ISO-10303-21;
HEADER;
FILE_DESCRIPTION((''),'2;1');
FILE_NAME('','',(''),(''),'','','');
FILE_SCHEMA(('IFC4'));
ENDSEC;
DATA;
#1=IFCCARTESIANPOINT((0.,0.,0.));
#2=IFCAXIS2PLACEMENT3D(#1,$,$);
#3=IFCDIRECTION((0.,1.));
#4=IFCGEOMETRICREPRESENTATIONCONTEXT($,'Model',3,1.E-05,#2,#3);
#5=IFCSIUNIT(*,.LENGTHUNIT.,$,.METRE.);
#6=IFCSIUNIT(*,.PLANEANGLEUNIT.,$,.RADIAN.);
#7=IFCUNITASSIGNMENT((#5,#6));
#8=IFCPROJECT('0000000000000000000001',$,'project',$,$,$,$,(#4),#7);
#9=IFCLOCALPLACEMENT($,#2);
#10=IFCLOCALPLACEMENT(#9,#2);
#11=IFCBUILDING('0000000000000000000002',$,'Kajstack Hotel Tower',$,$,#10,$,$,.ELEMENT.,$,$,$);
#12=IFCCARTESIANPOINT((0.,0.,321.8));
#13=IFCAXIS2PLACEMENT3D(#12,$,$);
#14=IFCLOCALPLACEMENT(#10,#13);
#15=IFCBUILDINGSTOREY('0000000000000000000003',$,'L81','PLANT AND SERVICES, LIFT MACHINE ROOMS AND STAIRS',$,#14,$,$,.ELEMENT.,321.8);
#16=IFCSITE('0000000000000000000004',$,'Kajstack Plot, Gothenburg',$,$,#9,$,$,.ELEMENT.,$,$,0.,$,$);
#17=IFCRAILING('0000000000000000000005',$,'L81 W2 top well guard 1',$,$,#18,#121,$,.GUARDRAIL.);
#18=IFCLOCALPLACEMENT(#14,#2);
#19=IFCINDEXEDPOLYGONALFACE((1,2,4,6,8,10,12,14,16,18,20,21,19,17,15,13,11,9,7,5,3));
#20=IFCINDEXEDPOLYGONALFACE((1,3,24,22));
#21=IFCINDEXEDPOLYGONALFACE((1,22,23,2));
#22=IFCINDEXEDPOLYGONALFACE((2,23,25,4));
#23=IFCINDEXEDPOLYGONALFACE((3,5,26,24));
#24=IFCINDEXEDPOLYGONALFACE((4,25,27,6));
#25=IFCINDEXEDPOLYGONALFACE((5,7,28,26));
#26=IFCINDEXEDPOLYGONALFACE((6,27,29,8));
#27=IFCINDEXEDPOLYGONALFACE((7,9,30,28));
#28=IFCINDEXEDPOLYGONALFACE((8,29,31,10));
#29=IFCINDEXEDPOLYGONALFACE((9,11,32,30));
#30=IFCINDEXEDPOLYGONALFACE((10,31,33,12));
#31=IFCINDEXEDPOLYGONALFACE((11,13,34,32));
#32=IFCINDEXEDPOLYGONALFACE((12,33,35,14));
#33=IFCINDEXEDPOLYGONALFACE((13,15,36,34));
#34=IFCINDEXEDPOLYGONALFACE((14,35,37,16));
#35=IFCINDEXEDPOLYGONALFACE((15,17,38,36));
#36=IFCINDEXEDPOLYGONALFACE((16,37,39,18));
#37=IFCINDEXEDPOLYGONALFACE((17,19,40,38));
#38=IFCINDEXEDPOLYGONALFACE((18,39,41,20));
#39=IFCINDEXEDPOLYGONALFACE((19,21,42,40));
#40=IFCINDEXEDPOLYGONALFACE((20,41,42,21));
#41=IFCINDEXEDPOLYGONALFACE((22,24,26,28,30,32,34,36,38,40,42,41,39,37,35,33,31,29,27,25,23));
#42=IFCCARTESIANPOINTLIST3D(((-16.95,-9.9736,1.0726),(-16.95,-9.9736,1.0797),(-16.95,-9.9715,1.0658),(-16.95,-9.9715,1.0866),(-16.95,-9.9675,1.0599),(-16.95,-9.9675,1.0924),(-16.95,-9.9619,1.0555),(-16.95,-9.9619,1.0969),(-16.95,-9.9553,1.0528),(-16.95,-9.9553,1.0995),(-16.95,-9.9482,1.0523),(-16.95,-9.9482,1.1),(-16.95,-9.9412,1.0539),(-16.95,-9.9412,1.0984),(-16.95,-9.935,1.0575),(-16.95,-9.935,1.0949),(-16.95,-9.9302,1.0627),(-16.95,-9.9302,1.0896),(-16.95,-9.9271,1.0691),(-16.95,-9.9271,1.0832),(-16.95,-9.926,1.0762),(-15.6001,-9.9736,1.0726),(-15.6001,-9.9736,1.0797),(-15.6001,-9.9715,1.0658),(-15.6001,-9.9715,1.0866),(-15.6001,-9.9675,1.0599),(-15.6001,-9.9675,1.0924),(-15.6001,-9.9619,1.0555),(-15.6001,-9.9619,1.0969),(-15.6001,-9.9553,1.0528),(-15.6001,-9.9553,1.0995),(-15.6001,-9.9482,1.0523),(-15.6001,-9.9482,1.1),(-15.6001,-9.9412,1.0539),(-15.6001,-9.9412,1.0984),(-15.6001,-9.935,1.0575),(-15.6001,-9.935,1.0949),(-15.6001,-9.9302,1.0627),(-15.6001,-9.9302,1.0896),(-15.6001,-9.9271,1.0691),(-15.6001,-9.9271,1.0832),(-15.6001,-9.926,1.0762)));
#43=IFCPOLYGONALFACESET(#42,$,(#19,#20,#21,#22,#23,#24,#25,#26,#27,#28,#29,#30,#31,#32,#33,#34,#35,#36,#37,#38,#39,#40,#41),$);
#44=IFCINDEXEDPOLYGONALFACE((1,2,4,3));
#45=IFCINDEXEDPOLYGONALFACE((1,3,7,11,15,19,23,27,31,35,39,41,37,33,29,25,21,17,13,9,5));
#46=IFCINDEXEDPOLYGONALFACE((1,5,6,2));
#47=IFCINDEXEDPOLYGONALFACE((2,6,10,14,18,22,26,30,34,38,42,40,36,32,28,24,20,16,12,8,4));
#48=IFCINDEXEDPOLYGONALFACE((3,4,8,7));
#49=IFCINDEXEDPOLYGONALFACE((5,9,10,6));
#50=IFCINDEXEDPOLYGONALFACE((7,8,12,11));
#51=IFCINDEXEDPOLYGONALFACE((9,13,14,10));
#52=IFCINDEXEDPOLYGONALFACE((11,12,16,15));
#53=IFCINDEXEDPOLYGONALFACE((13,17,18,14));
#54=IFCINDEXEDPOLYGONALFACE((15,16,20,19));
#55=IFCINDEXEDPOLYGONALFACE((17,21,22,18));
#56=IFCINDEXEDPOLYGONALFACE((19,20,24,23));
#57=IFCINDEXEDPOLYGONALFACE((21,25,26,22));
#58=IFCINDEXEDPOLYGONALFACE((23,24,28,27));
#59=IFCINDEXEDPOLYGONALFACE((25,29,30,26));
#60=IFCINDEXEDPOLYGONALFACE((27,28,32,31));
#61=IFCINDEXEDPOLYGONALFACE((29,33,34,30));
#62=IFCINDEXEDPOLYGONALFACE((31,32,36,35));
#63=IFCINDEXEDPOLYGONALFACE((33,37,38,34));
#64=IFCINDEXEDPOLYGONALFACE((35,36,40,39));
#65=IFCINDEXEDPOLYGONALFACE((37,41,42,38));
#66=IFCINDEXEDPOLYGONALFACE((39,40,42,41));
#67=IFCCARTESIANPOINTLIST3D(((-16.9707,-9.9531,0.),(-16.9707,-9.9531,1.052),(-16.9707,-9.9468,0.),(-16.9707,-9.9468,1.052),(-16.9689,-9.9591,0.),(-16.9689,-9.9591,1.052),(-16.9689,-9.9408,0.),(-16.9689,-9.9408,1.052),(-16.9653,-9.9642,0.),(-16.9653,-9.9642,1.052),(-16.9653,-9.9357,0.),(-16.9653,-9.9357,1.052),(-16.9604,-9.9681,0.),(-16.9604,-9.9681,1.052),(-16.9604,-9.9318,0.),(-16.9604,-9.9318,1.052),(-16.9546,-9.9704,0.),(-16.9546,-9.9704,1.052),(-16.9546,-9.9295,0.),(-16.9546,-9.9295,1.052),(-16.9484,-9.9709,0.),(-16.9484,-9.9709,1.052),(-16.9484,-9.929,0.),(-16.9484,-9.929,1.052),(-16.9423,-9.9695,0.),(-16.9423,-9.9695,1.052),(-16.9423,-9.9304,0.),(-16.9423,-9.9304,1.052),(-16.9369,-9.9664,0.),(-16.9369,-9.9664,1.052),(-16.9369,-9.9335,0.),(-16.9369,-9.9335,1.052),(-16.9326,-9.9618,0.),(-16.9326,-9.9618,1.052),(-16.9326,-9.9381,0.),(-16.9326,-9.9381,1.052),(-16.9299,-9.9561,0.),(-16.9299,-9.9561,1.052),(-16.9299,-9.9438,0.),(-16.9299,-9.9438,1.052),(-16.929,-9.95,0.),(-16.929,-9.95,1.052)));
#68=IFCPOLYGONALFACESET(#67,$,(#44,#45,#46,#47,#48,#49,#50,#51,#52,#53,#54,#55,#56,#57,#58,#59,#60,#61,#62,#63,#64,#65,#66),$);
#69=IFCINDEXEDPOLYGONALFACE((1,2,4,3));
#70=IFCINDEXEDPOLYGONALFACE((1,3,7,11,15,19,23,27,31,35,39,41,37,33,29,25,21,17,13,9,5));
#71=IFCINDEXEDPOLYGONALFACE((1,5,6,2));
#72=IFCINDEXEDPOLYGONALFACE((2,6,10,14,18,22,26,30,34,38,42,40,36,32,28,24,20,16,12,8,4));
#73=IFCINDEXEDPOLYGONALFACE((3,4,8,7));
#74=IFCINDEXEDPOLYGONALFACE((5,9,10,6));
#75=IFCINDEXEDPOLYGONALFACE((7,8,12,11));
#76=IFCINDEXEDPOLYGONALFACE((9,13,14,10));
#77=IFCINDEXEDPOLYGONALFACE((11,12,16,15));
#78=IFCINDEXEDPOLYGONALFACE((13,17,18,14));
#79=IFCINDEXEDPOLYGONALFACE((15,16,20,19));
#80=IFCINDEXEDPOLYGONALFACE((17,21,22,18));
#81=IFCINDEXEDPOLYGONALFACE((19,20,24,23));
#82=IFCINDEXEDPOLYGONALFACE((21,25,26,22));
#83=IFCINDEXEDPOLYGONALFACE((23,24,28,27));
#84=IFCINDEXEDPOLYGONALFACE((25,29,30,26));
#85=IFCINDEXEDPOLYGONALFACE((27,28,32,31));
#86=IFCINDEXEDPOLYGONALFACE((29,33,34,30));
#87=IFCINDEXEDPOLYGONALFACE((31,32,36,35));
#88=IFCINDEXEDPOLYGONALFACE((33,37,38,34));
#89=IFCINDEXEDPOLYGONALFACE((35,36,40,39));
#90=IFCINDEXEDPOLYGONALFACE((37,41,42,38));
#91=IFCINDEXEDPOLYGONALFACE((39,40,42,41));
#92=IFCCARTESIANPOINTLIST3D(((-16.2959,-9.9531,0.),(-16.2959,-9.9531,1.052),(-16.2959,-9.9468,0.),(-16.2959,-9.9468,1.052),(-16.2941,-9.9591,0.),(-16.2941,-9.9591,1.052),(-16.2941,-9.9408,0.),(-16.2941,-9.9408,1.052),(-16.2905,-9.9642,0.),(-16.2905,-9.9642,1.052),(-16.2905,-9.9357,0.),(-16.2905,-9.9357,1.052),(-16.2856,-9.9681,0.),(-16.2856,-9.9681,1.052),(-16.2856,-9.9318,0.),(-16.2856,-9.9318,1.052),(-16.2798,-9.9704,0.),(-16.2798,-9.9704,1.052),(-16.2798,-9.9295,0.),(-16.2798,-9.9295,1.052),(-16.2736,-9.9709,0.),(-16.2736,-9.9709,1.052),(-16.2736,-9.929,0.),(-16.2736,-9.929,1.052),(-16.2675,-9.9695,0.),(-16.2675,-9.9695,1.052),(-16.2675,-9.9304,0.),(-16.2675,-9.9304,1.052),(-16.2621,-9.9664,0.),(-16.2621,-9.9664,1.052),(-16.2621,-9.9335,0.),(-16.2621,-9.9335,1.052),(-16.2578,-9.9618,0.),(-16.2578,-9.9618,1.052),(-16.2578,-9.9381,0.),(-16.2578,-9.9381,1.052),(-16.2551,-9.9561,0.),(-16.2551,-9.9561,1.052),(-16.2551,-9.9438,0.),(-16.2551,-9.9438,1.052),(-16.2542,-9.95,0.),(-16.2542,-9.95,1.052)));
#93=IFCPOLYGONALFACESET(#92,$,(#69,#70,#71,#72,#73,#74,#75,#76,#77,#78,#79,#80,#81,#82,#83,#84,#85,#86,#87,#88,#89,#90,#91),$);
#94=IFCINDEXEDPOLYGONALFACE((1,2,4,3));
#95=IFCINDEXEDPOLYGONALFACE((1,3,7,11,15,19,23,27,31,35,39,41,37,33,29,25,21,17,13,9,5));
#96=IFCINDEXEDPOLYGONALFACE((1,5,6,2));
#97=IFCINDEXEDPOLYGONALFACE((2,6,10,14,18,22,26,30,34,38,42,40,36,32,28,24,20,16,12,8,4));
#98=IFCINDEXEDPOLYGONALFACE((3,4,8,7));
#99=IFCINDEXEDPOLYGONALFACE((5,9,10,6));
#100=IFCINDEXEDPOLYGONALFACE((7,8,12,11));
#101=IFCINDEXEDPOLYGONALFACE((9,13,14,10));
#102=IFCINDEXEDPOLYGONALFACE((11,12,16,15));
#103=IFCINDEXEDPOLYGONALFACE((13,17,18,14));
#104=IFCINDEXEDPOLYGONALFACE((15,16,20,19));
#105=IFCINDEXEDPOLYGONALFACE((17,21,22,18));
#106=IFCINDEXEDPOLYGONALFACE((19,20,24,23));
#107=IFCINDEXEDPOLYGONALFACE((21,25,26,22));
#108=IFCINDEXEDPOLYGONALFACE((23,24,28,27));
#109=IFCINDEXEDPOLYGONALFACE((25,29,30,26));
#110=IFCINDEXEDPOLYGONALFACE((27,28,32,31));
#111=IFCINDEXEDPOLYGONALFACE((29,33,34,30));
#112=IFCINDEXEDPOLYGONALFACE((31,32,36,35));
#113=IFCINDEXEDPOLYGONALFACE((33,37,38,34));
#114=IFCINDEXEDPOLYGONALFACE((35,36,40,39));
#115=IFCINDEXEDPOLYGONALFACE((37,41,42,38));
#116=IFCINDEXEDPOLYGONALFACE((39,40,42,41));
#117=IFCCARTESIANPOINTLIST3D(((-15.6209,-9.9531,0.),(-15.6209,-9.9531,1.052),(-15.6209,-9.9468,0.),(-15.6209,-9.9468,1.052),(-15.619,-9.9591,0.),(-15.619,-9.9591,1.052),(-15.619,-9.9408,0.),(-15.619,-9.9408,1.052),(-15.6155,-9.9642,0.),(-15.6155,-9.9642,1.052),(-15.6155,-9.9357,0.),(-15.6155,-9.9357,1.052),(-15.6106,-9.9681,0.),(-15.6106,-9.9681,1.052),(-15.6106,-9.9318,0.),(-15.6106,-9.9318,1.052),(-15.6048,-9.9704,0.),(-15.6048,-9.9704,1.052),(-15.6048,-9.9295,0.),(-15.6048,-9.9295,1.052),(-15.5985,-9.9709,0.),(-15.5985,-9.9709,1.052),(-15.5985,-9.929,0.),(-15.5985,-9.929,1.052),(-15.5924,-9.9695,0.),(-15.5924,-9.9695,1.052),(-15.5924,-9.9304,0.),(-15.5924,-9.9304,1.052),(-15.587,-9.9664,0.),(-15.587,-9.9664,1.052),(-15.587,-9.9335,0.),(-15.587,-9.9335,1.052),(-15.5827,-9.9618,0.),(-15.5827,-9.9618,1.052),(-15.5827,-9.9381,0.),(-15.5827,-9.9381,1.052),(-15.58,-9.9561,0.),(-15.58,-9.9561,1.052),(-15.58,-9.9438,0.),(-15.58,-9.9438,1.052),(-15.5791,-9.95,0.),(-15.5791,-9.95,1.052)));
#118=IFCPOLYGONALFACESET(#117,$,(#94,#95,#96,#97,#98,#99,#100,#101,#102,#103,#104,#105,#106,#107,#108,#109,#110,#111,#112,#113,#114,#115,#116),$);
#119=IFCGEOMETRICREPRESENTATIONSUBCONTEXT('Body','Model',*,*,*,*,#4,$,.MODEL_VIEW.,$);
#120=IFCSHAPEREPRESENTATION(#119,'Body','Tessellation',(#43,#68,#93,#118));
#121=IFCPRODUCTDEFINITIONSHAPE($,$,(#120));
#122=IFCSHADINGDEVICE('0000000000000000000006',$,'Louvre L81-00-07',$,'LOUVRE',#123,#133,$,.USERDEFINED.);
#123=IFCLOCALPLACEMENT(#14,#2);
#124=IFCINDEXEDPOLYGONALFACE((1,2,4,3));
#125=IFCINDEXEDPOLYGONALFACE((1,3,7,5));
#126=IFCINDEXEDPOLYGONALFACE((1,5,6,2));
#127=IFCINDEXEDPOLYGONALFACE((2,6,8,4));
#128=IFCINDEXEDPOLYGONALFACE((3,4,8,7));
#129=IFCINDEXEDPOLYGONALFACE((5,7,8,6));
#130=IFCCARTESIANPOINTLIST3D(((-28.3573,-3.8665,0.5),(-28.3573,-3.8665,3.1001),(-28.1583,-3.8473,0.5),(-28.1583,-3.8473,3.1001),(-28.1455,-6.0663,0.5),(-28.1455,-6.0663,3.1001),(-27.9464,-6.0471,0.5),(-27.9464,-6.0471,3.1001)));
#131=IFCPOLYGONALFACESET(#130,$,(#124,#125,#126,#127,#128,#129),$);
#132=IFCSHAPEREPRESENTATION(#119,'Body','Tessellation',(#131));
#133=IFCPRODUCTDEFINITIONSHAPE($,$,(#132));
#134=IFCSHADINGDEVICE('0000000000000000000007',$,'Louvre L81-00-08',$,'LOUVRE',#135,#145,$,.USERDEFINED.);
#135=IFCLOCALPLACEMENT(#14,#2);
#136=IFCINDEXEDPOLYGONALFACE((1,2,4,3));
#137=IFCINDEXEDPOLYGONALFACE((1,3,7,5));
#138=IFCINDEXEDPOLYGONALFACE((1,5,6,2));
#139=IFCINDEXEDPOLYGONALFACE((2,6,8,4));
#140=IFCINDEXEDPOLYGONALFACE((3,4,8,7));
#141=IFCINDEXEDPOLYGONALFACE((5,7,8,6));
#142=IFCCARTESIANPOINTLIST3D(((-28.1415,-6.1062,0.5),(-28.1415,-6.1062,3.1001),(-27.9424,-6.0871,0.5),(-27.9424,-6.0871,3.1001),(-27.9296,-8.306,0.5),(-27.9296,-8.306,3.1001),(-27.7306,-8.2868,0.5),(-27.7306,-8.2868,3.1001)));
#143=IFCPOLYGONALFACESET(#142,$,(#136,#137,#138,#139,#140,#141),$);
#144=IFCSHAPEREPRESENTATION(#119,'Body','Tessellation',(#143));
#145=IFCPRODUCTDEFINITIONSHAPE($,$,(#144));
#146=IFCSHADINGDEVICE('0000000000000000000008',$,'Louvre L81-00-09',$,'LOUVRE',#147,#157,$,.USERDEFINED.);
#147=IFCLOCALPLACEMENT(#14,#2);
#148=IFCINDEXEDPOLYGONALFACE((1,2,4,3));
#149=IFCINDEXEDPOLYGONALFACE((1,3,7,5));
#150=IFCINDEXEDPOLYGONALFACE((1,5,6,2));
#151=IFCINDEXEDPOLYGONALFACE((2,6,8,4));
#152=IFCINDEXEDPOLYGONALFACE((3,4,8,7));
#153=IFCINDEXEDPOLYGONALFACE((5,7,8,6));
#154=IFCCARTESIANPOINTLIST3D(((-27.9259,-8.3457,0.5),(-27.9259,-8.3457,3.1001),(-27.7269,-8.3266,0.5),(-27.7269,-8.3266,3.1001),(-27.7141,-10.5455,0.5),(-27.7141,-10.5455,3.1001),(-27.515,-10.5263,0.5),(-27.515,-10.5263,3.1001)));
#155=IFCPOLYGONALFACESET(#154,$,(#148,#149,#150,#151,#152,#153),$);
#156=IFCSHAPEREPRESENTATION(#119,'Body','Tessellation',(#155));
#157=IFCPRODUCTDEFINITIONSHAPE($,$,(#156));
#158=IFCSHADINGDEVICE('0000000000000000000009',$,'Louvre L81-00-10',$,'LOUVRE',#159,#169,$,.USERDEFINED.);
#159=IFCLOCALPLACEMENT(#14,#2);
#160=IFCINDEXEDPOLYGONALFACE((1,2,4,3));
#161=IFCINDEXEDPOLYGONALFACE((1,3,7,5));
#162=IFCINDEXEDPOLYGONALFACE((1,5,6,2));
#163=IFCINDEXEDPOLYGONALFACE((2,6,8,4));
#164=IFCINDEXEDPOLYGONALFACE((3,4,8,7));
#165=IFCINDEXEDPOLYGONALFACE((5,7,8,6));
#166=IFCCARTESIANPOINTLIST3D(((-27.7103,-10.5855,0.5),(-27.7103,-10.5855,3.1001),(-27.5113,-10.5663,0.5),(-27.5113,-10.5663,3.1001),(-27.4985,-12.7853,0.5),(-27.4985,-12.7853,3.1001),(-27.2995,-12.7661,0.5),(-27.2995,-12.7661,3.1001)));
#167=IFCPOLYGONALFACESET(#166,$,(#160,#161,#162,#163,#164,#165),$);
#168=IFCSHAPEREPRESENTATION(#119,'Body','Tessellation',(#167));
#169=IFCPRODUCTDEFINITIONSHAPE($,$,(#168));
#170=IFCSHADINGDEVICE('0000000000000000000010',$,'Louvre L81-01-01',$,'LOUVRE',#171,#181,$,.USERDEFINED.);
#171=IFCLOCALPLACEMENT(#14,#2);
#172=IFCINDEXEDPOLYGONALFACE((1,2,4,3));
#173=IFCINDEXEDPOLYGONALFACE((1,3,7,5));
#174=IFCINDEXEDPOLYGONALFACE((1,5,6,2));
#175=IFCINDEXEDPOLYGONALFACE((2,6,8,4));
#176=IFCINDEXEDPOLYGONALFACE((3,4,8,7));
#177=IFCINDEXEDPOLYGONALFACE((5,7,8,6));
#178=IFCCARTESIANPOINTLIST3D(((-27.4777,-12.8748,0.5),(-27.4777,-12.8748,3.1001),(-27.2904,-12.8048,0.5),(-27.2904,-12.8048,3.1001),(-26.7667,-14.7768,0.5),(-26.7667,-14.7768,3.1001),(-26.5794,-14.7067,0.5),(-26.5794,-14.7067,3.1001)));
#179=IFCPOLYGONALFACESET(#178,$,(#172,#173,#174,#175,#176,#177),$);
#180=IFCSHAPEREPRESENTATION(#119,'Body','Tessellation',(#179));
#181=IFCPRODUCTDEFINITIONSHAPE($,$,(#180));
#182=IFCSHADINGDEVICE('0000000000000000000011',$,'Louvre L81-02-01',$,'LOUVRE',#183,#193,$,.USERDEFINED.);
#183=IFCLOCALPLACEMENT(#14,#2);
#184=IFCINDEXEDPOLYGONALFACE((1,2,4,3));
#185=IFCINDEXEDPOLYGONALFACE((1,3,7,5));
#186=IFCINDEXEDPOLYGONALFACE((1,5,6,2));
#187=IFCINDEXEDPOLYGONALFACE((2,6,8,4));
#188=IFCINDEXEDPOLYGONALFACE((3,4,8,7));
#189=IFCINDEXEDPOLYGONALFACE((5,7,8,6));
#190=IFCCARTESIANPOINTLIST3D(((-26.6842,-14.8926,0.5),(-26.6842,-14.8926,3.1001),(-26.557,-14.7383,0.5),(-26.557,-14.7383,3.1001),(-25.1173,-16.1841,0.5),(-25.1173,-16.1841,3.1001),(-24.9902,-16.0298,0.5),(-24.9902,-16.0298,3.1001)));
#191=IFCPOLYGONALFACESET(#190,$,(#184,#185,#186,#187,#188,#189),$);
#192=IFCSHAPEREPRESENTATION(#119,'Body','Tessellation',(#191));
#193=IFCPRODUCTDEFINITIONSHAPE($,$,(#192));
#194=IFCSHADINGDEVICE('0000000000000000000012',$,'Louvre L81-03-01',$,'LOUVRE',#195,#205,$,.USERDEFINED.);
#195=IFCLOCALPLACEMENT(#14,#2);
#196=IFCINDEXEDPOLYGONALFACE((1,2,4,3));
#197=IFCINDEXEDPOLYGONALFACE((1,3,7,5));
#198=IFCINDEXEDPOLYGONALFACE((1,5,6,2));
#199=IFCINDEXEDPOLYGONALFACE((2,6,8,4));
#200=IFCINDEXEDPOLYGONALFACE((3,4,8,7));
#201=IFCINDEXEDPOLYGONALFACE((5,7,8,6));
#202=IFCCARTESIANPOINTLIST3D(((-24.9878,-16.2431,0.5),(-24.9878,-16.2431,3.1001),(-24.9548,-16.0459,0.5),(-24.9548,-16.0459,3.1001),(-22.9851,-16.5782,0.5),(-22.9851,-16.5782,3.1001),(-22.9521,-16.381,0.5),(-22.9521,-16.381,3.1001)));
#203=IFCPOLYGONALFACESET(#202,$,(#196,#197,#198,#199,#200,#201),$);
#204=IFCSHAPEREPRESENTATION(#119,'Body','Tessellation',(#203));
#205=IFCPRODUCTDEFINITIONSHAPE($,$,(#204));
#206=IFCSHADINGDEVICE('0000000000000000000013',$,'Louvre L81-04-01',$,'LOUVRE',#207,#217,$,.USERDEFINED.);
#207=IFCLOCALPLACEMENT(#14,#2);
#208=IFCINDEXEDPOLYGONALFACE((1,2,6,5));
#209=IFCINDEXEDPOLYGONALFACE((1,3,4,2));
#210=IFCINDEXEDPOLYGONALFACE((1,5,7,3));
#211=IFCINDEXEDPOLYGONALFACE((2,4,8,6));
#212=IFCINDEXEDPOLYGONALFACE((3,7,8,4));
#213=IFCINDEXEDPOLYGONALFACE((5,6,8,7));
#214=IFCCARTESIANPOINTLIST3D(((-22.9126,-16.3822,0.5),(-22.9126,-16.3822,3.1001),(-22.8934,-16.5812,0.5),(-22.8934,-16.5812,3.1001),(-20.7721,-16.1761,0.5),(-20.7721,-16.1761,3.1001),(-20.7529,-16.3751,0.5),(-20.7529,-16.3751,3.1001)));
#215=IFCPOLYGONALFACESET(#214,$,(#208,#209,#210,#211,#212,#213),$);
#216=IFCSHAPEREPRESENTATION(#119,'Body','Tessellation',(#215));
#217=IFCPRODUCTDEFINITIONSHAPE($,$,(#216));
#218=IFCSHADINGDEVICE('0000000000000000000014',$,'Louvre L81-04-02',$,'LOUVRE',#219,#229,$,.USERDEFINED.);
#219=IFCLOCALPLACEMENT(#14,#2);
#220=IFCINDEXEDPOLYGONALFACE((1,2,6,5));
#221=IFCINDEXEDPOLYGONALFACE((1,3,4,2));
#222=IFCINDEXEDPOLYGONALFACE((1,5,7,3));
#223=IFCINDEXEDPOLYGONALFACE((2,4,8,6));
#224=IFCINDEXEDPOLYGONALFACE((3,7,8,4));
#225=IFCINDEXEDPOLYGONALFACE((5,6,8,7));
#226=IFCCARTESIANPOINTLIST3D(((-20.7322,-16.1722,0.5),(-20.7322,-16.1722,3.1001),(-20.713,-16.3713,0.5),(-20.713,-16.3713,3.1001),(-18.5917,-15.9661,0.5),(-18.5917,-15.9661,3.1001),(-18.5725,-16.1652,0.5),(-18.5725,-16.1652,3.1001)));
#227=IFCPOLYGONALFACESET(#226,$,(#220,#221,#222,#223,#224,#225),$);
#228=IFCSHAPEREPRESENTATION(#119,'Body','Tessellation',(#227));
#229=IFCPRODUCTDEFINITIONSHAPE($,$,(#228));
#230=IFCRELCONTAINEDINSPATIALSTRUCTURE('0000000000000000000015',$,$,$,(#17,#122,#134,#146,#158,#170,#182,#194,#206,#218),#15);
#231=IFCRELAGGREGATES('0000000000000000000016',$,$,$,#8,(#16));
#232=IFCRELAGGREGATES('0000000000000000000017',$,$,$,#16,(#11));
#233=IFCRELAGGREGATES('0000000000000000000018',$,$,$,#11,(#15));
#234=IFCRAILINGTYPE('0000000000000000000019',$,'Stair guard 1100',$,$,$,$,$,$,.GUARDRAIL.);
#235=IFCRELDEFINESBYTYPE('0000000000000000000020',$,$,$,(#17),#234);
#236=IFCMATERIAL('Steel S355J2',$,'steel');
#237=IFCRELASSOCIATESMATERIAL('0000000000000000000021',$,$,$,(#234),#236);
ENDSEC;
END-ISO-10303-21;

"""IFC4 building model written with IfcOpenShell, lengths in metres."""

from ifc_helpers import new_model, si_unit, direction, frame, origin, origin_2d, place, context, subcontext, project, spatial, rectangle, circle, extrude, material, type_object, element, save


model = new_model("IFC4")

# Units and contexts
model_context = context("Model", 3, precision=1e-05, world=origin(), true_north=direction((0.0, 1.0)))
body_context = subcontext(model_context, "Body", "Model", "MODEL_VIEW")
ifc_project = project(units=[si_unit("LENGTHUNIT", "METRE"), si_unit("PLANEANGLEUNIT", "RADIAN")], contexts=[model_context])

# Site, building, storey
site_placement = place(None, origin())
site = spatial("IfcSite", under=ifc_project, at=site_placement, Name="Kajstack Plot, Gothenburg", CompositionType="ELEMENT", RefElevation=0.0)
building_placement = place(site_placement, origin())
building = spatial("IfcBuilding", under=site, at=building_placement, Name="Kajstack Hotel Tower", CompositionType="ELEMENT")
storey_placement = place(building_placement, frame((0.0, 0.0, 321.8)))
storey = spatial("IfcBuildingStorey", under=building, at=storey_placement, Name="L81", Description="PLANT AND SERVICES, LIFT MACHINE ROOMS AND STAIRS", CompositionType="ELEMENT", Elevation=321.8)

# Railing
ifc_material_1 = material(Name="Steel S355J2", Category="steel")
railing_type = type_object("IfcRailingType", Name="Stair guard 1100", PredefinedType="GUARDRAIL", material=ifc_material_1)
railing_placement = place(storey_placement, frame((-16.95, -9.95, 0.0)))
element("IfcRailing", 1, at=railing_placement, inside=storey, type_object=railing_type, Name="L81 W2 top well guard 1", PredefinedType="GUARDRAIL", context=body_context, shape_type="SweptSolid", body=[
    extrude(circle(Radius=0.0239, at=origin_2d()), frame((0.0, 0.0, 1.0762), z_axis=(1.0, 0.0, 0.0), x_axis=(0.0, 1.0, 0.0)), (0.0, 0.0, 1.0), 1.3499),
    extrude(circle(Radius=0.021, at=origin_2d()), origin(), (0.0, 0.0, 1.0), 1.052),
    extrude(circle(Radius=0.021, at=origin_2d()), frame((0.6748, 0.0, 0.0)), (0.0, 0.0, 1.0), 1.052),
    extrude(circle(Radius=0.021, at=origin_2d()), frame((1.3499, 0.0, 0.0)), (0.0, 0.0, 1.0), 1.052),
])

# Shading devices
for number, where, z_axis, x_axis, name in (
    (2, (-28.1519, -4.9568, 0.5), (0.0, 0.0, 1.0), (0.095849, -0.995396, 0.0), "Louvre L81-00-07"),
    (3, (-27.936, -7.1965, 0.5), (0.0, 0.0, 1.0), (0.095849, -0.995396, 0.0), "Louvre L81-00-08"),
    (4, (-27.7205, -9.436, 0.5), (0.0, 0.0, 1.0), (0.095849, -0.995396, 0.0), "Louvre L81-00-09"),
    (5, (-27.5049, -11.6758, 0.5), (0.0, 0.0, 1.0), (0.095849, -0.995396, 0.0), "Louvre L81-00-10"),
):
    element("IfcShadingDevice", number, at=place(storey_placement, frame(where, z_axis=z_axis, x_axis=x_axis)), inside=storey, Name=name, ObjectType="LOUVRE", PredefinedType="USERDEFINED", context=body_context, shape_type="SweptSolid", body=[
        extrude(rectangle(XDim=2.21, YDim=0.2, at=origin_2d()), origin(), (0.0, 0.0, 1.0), 2.6001),
    ])
for number, where, z_axis, x_axis, name in (
    (6, (-27.0286, -13.7908, 0.5), (0.0, 0.0, 1.0), (0.350186, -0.93668, 0.0), "Louvre L81-01-01"),
    (7, (-25.8372, -15.4612, 0.5), (0.0, 0.0, 1.0), (0.771635, -0.636066, 0.0), "Louvre L81-02-01"),
    (8, (-23.97, -16.312, 0.5), (0.0, 0.0, 1.0), (0.986288, -0.165033, 0.0), "Louvre L81-03-01"),
):
    element("IfcShadingDevice", number, at=place(storey_placement, frame(where, z_axis=z_axis, x_axis=x_axis)), inside=storey, Name=name, ObjectType="LOUVRE", PredefinedType="USERDEFINED", context=body_context, shape_type="SweptSolid", body=[
        extrude(rectangle(XDim=2.0305, YDim=0.2, at=origin_2d()), origin(), (0.0, 0.0, 1.0), 2.6001),
    ])
for number, where, z_axis, x_axis, name in (
    (9, (-21.8328, -16.3787, 0.5), (0.0, 0.0, 1.0), (0.995396, 0.095845, 0.0), "Louvre L81-04-01"),
    (10, (-19.6523, -16.1687, 0.5), (0.0, 0.0, 1.0), (0.995396, 0.095845, 0.0), "Louvre L81-04-02"),
):
    element("IfcShadingDevice", number, at=place(storey_placement, frame(where, z_axis=z_axis, x_axis=x_axis)), inside=storey, Name=name, ObjectType="LOUVRE", PredefinedType="USERDEFINED", context=body_context, shape_type="SweptSolid", body=[
        extrude(rectangle(XDim=2.1504, YDim=0.2, at=origin_2d()), origin(), (0.0, 0.0, 1.0), 2.6001),
    ])

save(model, "model.ifc")
